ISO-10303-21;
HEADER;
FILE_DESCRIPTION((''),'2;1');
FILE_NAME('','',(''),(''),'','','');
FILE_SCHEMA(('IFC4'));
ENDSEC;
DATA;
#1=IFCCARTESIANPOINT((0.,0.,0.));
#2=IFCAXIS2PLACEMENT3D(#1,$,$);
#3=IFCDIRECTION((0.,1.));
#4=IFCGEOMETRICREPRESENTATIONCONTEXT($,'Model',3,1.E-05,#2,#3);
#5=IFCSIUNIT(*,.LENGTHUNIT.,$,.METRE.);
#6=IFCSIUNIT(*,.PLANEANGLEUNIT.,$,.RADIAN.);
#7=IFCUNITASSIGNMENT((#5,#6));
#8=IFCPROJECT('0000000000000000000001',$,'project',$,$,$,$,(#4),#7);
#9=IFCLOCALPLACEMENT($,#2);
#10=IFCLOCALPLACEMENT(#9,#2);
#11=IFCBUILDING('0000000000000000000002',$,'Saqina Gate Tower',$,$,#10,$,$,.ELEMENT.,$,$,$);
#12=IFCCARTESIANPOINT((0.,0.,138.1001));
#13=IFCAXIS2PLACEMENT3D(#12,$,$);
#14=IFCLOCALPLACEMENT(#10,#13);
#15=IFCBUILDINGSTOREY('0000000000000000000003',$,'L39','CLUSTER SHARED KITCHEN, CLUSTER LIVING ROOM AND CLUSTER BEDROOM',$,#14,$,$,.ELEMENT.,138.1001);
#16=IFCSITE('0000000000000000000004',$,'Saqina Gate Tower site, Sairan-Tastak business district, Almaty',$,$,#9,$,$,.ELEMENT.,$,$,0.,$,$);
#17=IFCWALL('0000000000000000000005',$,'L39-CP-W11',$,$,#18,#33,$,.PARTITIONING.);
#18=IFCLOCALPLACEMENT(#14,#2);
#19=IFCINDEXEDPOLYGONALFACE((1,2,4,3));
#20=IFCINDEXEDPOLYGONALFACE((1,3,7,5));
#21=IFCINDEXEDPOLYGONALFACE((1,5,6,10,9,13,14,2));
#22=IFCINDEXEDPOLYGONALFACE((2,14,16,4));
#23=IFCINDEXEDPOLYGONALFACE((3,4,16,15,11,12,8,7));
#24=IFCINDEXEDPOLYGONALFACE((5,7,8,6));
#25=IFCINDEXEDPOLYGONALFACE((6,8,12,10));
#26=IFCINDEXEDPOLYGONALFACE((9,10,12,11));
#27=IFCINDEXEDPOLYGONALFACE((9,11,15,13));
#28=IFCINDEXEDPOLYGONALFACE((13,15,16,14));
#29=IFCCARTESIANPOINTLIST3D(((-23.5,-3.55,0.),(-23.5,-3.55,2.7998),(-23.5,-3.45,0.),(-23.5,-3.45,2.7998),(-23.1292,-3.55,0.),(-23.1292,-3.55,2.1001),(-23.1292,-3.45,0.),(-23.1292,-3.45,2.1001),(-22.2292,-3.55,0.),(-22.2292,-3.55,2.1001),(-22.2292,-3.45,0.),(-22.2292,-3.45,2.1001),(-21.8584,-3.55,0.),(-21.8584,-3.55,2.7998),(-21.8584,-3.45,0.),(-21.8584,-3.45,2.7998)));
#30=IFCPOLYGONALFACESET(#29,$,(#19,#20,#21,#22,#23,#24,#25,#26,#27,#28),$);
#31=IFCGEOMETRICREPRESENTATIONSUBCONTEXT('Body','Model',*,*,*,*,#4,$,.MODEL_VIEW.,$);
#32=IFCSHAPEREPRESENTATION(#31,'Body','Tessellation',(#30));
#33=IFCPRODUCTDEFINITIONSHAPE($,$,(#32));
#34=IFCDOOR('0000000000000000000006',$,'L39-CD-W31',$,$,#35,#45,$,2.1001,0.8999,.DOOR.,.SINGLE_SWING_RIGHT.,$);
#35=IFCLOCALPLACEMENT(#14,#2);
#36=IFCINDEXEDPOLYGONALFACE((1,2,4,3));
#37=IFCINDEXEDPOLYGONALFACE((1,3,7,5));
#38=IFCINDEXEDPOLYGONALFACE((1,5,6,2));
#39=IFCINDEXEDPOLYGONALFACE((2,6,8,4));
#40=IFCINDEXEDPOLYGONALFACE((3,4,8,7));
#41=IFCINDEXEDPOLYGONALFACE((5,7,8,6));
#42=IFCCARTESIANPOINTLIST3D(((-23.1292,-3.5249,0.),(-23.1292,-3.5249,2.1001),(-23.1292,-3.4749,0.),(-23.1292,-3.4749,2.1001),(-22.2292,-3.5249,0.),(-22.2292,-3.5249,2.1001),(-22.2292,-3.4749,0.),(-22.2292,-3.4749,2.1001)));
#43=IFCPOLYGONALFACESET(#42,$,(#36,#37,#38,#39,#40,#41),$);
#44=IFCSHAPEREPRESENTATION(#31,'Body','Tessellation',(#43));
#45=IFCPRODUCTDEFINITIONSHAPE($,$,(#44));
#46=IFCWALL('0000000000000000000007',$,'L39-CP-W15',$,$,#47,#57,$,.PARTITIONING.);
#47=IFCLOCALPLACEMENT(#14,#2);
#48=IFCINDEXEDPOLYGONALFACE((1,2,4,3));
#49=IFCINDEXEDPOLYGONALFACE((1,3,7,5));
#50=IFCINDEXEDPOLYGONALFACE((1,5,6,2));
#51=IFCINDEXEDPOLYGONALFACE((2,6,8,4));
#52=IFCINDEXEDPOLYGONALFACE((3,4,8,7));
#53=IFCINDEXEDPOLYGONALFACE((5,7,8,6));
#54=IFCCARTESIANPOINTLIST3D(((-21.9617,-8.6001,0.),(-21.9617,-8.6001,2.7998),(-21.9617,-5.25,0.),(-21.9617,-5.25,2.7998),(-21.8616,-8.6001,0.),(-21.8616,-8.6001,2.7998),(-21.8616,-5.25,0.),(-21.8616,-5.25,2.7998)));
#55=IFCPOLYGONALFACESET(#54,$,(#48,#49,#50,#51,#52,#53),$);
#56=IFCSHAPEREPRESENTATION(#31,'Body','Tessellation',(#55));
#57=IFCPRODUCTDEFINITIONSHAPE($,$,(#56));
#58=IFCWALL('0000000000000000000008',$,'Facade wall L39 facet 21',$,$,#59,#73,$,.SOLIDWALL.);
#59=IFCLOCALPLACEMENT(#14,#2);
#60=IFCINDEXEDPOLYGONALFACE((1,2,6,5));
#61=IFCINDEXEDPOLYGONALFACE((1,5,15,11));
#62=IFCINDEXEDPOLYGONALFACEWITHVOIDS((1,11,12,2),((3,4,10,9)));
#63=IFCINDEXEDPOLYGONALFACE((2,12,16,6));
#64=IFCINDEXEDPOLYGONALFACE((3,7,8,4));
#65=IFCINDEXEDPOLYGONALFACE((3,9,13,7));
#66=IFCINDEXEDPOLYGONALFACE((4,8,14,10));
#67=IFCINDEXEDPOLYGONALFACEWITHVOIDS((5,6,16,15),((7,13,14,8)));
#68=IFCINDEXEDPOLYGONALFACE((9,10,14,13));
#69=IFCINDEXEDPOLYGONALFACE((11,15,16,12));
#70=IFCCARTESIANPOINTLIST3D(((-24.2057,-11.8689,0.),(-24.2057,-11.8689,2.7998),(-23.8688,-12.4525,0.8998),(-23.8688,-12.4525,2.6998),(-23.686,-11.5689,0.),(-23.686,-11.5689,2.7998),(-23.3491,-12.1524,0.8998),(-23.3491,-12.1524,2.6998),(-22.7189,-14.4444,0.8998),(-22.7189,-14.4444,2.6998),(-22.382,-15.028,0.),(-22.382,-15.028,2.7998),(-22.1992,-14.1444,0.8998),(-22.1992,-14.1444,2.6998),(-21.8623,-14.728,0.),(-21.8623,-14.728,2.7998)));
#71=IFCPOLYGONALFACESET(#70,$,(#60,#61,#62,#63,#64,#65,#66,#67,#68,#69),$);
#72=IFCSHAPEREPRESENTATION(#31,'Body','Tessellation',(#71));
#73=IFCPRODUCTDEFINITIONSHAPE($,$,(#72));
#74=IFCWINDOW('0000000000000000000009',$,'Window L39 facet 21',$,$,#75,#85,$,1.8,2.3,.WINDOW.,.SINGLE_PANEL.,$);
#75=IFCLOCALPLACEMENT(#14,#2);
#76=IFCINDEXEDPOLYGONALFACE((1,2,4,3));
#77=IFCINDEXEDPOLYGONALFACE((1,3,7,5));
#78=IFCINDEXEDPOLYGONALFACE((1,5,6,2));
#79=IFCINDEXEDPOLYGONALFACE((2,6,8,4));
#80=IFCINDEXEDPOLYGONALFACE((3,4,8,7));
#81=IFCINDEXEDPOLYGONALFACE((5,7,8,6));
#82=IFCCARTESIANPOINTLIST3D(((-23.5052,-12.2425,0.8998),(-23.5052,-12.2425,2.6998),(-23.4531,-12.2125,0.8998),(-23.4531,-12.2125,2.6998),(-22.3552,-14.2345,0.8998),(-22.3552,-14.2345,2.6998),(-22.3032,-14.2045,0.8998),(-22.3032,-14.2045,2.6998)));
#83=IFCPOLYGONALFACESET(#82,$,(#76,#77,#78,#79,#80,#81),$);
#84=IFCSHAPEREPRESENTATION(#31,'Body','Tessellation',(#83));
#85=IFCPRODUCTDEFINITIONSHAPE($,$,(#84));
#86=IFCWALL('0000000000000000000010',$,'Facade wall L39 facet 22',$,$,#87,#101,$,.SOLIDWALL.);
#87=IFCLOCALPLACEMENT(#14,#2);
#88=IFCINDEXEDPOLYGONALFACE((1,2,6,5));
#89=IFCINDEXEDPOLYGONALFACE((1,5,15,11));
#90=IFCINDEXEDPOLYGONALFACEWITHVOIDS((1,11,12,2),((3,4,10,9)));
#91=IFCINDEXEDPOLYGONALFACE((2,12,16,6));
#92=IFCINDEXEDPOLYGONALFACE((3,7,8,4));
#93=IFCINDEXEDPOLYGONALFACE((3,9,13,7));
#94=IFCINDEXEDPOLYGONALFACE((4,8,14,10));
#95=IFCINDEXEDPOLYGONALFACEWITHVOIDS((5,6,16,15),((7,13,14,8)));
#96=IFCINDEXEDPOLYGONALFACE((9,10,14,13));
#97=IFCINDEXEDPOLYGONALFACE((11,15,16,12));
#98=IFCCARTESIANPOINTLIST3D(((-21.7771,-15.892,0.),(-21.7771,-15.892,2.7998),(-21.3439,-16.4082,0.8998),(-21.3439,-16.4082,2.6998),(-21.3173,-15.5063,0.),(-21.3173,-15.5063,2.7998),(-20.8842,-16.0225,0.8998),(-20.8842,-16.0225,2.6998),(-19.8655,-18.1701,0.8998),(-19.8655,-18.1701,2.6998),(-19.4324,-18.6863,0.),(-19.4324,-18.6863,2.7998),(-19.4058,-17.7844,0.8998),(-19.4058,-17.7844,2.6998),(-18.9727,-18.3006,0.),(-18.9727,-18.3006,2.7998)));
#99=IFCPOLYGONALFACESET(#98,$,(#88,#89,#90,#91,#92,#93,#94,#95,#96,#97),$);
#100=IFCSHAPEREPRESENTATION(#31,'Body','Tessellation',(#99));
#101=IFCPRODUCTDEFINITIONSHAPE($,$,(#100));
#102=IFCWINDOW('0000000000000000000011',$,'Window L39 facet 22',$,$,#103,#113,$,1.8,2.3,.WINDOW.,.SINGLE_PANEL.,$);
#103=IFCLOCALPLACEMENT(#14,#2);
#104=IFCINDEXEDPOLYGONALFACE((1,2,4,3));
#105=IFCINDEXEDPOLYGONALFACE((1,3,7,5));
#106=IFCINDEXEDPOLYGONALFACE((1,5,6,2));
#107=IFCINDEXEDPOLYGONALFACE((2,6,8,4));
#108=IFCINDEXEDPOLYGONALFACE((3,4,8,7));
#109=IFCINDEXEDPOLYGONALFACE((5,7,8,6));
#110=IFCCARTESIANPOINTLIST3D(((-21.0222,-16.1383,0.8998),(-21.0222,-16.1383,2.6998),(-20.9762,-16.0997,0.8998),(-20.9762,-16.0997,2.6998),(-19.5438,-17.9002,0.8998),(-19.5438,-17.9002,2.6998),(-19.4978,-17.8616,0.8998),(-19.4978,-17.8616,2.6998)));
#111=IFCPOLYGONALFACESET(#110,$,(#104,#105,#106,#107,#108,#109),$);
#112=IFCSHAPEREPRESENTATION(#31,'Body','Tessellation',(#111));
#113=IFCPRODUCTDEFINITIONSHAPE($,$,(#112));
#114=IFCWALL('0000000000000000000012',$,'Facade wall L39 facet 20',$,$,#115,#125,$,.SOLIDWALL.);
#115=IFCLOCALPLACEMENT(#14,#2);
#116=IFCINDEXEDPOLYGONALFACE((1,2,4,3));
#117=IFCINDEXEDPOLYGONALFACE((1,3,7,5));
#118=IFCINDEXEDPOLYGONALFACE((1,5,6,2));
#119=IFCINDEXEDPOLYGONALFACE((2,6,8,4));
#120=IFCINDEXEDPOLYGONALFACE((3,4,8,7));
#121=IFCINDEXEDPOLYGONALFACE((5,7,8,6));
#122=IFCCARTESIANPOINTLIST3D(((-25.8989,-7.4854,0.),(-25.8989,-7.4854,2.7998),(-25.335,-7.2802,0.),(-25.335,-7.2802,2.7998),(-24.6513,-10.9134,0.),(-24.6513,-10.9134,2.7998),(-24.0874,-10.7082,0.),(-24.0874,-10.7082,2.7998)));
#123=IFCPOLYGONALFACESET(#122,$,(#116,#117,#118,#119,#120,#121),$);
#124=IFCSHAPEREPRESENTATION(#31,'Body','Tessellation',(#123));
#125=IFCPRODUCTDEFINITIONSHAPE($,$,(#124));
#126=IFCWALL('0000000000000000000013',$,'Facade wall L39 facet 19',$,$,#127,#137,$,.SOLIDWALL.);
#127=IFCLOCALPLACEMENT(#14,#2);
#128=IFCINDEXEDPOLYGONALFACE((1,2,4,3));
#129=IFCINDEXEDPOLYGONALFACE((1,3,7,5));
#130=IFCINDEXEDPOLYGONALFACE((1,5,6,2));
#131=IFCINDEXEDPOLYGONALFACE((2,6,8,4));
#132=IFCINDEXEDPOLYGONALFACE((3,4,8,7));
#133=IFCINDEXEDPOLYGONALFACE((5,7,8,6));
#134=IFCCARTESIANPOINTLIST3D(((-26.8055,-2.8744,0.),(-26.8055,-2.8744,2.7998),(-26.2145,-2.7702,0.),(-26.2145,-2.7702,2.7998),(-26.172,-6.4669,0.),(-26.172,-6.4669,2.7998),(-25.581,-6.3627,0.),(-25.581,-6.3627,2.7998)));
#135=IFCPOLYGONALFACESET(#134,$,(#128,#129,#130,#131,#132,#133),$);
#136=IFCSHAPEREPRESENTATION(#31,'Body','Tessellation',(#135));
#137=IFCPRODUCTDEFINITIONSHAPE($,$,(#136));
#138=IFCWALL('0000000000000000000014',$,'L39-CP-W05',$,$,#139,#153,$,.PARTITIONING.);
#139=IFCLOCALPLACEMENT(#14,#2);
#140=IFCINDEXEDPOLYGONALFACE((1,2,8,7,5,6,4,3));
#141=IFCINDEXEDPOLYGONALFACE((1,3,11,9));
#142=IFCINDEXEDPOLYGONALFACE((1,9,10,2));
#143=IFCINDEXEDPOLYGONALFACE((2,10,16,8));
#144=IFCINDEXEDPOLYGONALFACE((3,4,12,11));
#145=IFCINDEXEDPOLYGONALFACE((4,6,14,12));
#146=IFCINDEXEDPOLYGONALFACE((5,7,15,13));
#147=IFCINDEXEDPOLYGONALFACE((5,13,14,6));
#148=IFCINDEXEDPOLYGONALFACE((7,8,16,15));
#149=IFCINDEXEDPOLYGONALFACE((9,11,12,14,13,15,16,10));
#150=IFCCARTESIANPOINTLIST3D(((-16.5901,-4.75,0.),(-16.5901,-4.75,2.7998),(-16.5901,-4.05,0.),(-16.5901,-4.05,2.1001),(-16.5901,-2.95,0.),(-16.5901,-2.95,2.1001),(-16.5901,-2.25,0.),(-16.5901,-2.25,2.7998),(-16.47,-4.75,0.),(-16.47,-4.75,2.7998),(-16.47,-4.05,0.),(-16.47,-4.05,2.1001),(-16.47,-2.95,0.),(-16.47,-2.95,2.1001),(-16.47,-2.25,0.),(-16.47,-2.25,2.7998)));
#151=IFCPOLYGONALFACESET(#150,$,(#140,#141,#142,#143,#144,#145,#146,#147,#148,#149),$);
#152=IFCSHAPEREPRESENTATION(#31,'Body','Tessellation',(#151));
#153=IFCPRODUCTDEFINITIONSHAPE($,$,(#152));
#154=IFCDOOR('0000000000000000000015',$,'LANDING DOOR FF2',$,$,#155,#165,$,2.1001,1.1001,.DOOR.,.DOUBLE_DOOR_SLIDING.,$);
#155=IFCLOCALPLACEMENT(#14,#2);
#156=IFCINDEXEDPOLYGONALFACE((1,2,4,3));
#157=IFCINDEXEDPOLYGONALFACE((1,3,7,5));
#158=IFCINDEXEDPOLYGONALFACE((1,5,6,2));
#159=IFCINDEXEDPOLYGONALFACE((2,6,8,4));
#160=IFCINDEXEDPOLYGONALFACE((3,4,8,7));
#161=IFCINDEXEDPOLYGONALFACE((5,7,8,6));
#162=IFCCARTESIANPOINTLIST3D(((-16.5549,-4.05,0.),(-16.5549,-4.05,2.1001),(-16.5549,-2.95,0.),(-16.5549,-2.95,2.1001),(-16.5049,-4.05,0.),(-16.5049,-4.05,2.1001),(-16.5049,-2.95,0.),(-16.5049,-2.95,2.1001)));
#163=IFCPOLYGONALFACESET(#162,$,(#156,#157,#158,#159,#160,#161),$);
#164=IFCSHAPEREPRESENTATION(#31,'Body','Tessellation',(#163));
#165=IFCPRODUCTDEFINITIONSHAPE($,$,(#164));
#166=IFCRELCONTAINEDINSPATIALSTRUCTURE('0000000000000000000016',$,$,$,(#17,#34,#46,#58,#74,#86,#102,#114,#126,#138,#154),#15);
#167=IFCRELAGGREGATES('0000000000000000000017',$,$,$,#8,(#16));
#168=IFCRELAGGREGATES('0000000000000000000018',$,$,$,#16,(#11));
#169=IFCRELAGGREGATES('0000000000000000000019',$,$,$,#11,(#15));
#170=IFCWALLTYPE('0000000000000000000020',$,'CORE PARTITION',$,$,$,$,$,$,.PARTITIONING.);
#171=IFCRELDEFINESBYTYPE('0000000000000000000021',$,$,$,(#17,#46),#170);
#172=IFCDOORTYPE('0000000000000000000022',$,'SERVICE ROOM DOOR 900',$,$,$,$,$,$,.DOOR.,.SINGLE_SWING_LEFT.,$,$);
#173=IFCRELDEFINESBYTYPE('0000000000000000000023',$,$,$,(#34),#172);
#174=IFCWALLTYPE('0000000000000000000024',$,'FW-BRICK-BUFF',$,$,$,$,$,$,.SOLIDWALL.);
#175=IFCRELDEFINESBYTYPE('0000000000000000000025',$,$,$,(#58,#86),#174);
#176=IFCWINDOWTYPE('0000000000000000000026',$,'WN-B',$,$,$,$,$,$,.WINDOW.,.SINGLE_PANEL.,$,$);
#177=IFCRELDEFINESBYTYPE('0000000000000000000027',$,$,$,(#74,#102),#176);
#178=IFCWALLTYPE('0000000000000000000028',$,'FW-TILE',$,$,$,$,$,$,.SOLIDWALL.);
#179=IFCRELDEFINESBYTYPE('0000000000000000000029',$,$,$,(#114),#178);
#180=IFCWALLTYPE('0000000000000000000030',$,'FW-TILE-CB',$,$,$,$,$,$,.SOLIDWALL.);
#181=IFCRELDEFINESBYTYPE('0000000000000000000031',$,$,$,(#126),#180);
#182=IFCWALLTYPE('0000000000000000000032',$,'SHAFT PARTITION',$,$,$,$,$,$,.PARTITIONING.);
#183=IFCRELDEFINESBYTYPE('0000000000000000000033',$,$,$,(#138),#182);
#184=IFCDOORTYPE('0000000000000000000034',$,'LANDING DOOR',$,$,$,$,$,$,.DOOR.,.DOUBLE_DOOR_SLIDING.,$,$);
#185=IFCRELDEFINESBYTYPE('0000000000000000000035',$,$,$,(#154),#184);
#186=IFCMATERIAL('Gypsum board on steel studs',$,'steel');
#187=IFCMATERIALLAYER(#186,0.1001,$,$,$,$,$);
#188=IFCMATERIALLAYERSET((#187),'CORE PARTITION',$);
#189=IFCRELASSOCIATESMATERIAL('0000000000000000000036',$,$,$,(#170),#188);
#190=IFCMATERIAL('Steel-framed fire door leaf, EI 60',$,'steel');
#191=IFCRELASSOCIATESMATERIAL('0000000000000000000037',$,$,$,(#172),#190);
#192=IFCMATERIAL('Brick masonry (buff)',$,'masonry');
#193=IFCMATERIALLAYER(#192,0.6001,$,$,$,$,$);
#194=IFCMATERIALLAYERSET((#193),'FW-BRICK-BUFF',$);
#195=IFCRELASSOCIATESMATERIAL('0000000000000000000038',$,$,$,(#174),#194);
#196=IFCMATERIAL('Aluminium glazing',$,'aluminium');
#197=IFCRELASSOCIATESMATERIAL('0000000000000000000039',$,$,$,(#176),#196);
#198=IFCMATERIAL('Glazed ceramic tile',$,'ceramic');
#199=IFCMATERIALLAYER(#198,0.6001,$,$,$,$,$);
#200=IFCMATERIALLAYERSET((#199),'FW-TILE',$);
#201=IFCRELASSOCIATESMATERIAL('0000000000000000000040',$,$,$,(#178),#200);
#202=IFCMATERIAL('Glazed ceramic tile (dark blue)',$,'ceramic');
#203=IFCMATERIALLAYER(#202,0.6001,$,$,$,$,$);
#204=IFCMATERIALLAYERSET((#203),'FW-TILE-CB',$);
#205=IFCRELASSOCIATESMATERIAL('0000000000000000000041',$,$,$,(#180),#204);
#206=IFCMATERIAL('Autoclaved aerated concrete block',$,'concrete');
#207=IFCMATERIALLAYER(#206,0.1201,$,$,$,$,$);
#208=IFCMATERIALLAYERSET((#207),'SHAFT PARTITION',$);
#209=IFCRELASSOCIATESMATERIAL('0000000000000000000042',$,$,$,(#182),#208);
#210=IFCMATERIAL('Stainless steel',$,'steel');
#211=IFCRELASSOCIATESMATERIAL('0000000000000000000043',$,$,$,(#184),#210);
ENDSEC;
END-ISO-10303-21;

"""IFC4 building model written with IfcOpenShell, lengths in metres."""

from ifc_helpers import new_model, si_unit, direction, frame, frame_2d, origin, place, context, subcontext, project, spatial, rectangle, extrude, material, layer, layer_set, type_object, element, fill, save


model = new_model("IFC4")

# Units and contexts
model_context = context("Model", 3, precision=1e-05, world=origin(), true_north=direction((0.0, 1.0)))
body_context = subcontext(model_context, "Body", "Model", "MODEL_VIEW")
ifc_project = project(units=[si_unit("LENGTHUNIT", "METRE"), si_unit("PLANEANGLEUNIT", "RADIAN")], contexts=[model_context])

# Site, building, storey
site_placement = place(None, origin())
site = spatial("IfcSite", under=ifc_project, at=site_placement, Name="Saqina Gate Tower site, Sairan-Tastak business district, Almaty", CompositionType="ELEMENT", RefElevation=0.0)
building_placement = place(site_placement, origin())
building = spatial("IfcBuilding", under=site, at=building_placement, Name="Saqina Gate Tower", CompositionType="ELEMENT")
storey_placement = place(building_placement, frame((0.0, 0.0, 138.1001)))
storey = spatial("IfcBuildingStorey", under=building, at=storey_placement, Name="L39", Description="CLUSTER SHARED KITCHEN, CLUSTER LIVING ROOM AND CLUSTER BEDROOM", CompositionType="ELEMENT", Elevation=138.1001)

# Shared definitions
ifc_material_1 = material(Name="Gypsum board on steel studs", Category="steel")
ifc_layer_1 = layer(ifc_material_1, 0.1001)
ifc_layer_set_1 = layer_set([ifc_layer_1], Name="CORE PARTITION")
wall_type_1 = type_object("IfcWallType", Name="CORE PARTITION", PredefinedType="PARTITIONING", material=ifc_layer_set_1)

# Wall, opening, door
ifc_material_2 = material(Name="Steel-framed fire door leaf, EI 60", Category="steel")
door_type_1 = type_object("IfcDoorType", Name="SERVICE ROOM DOOR 900", OperationType="SINGLE_SWING_LEFT", PredefinedType="DOOR", material=ifc_material_2)
wall_1_placement = place(storey_placement, frame((-21.8584, -3.5, 0.0), z_axis=(0.0, 0.0, 1.0), x_axis=(-1.0, 0.0, 0.0)))
wall_1 = element("IfcWall", 1, at=wall_1_placement, inside=storey, type_object=wall_type_1, Name="L39-CP-W11", PredefinedType="PARTITIONING", context=body_context, shape_type="SweptSolid", body=[
    extrude(rectangle(XDim=1.6416, YDim=0.1001, at=frame_2d((0.8208, 0.0))), origin(), (0.0, 0.0, 1.0), 2.7998),
])
opening_1_placement = place(wall_1_placement, frame((0.3708, 0.0, 0.0)))
opening_1 = element("IfcOpeningElement", 2, at=opening_1_placement, cuts=wall_1, PredefinedType="OPENING", context=body_context, shape_type="SweptSolid", body=[
    extrude(rectangle(XDim=0.8999, YDim=2.1001, at=frame_2d((0.45, 1.05))), frame((0.0, 0.062, 0.0), z_axis=(0.0, -1.0, 0.0), x_axis=(1.0, 0.0, 0.0)), (0.0, 0.0, 1.0), 0.124),
])
door_1_placement = place(opening_1_placement, origin())
door_1 = element("IfcDoor", 3, at=door_1_placement, inside=storey, type_object=door_type_1, Name="L39-CD-W31", OperationType="SINGLE_SWING_RIGHT", OverallHeight=2.1001, OverallWidth=0.8999, PredefinedType="DOOR", context=body_context, shape_type="SweptSolid", body=[
    extrude(rectangle(XDim=0.8999, YDim=2.1001, at=frame_2d((0.45, 1.05))), frame((0.0, 0.0249, 0.0), z_axis=(0.0, -1.0, 0.0), x_axis=(1.0, 0.0, 0.0)), (0.0, 0.0, 1.0), 0.05),
])
fill(opening_1, door_1)

# Wall
wall_2_placement = place(storey_placement, frame((-21.9116, -8.6001, 0.0), z_axis=(0.0, 0.0, 1.0), x_axis=(0.0, 1.0, 0.0)))
element("IfcWall", 4, at=wall_2_placement, inside=storey, type_object=wall_type_1, Name="L39-CP-W15", PredefinedType="PARTITIONING", context=body_context, shape_type="SweptSolid", body=[
    extrude(rectangle(XDim=3.3501, YDim=0.1001, at=frame_2d((1.675, 0.0))), origin(), (0.0, 0.0, 1.0), 2.7998),
])

# Walls, openings, windows
ifc_material_3 = material(Name="Brick masonry (buff)", Category="masonry")
ifc_layer_2 = layer(ifc_material_3, 0.6001)
ifc_layer_set_2 = layer_set([ifc_layer_2], Name="FW-BRICK-BUFF")
wall_type_2 = type_object("IfcWallType", Name="FW-BRICK-BUFF", PredefinedType="SOLIDWALL", material=ifc_layer_set_2)
wall_3_placement = place(storey_placement, frame((-23.9458, -11.719, 0.0), z_axis=(0.0, 0.0, 1.0), x_axis=(0.499954, -0.866052, 0.0)))
wall_3 = element("IfcWall", 5, at=wall_3_placement, inside=storey, type_object=wall_type_2, Name="Facade wall L39 facet 21", PredefinedType="SOLIDWALL", context=body_context, shape_type="SweptSolid", body=[
    extrude(rectangle(XDim=3.6477, YDim=0.6001, at=frame_2d((1.8237, 0.0))), origin(), (0.0, 0.0, 1.0), 2.7998),
])
opening_2_placement = place(wall_3_placement, frame((0.6738, 0.0, 0.8999)))
opening_2 = element("IfcOpeningElement", 6, at=opening_2_placement, cuts=wall_3, PredefinedType="OPENING", context=body_context, shape_type="SweptSolid", body=[
    extrude(rectangle(XDim=2.3, YDim=1.8, at=frame_2d((1.1499, 0.8999))), frame((0.0, 0.312, 0.0), z_axis=(0.0, -1.0, 0.0), x_axis=(1.0, 0.0, 0.0)), (0.0, 0.0, 1.0), 0.624),
])
ifc_material_4 = material(Name="Aluminium glazing", Category="aluminium")
window_type = type_object("IfcWindowType", Name="WN-B", PartitioningType="SINGLE_PANEL", PredefinedType="WINDOW", material=ifc_material_4)
window_1_placement = place(opening_2_placement, origin())
window_1 = element("IfcWindow", 7, at=window_1_placement, inside=storey, type_object=window_type, Name="Window L39 facet 21", OverallHeight=1.8, OverallWidth=2.3, PartitioningType="SINGLE_PANEL", PredefinedType="WINDOW", context=body_context, shape_type="SweptSolid", body=[
    extrude(rectangle(XDim=2.3, YDim=1.8, at=frame_2d((1.1499, 0.8999))), frame((0.0, 0.1799, 0.0), z_axis=(0.0, -1.0, 0.0), x_axis=(1.0, 0.0, 0.0)), (0.0, 0.0, 1.0), 0.0601),
])
fill(opening_2, window_1)
wall_4_placement = place(storey_placement, frame((-21.5471, -15.6992, 0.0), z_axis=(0.0, 0.0, 1.0), x_axis=(0.642774, -0.766055, 0.0)))
wall_4 = element("IfcWall", 8, at=wall_4_placement, inside=storey, type_object=wall_type_2, Name="Facade wall L39 facet 22", PredefinedType="SOLIDWALL", context=body_context, shape_type="SweptSolid", body=[
    extrude(rectangle(XDim=3.6477, YDim=0.6001, at=frame_2d((1.8237, 0.0))), origin(), (0.0, 0.0, 1.0), 2.7998),
])
opening_3_placement = place(wall_4_placement, frame((0.6738, 0.0, 0.8999)))
opening_3 = element("IfcOpeningElement", 9, at=opening_3_placement, cuts=wall_4, PredefinedType="OPENING", context=body_context, shape_type="SweptSolid", body=[
    extrude(rectangle(XDim=2.3, YDim=1.8, at=frame_2d((1.1499, 0.8999))), frame((0.0, 0.312, 0.0), z_axis=(0.0, -1.0, 0.0), x_axis=(1.0, 0.0, 0.0)), (0.0, 0.0, 1.0), 0.624),
])
window_2_placement = place(opening_3_placement, origin())
window_2 = element("IfcWindow", 10, at=window_2_placement, inside=storey, type_object=window_type, Name="Window L39 facet 22", OverallHeight=1.8, OverallWidth=2.3, PartitioningType="SINGLE_PANEL", PredefinedType="WINDOW", context=body_context, shape_type="SweptSolid", body=[
    extrude(rectangle(XDim=2.3, YDim=1.8, at=frame_2d((1.1499, 0.8999))), frame((0.0, 0.1799, 0.0), z_axis=(0.0, -1.0, 0.0), x_axis=(1.0, 0.0, 0.0)), (0.0, 0.0, 1.0), 0.0601),
])
fill(opening_3, window_2)

# Walls
ifc_material_5 = material(Name="Glazed ceramic tile", Category="ceramic")
ifc_layer_3 = layer(ifc_material_5, 0.6001)
ifc_layer_set_3 = layer_set([ifc_layer_3], Name="FW-TILE")
wall_type_3 = type_object("IfcWallType", Name="FW-TILE", PredefinedType="SOLIDWALL", material=ifc_layer_set_3)
wall_5_placement = place(storey_placement, frame((-25.6169, -7.3828, 0.0), z_axis=(0.0, 0.0, 1.0), x_axis=(0.34199, -0.939704, 0.0)))
element("IfcWall", 11, at=wall_5_placement, inside=storey, type_object=wall_type_3, Name="Facade wall L39 facet 20", PredefinedType="SOLIDWALL", context=body_context, shape_type="SweptSolid", body=[
    extrude(rectangle(XDim=3.6479, YDim=0.6001, at=frame_2d((1.824, 0.0))), origin(), (0.0, 0.0, 1.0), 2.7998),
])
ifc_material_6 = material(Name="Glazed ceramic tile (dark blue)", Category="ceramic")
ifc_layer_4 = layer(ifc_material_6, 0.6001)
ifc_layer_set_4 = layer_set([ifc_layer_4], Name="FW-TILE-CB")
wall_type_4 = type_object("IfcWallType", Name="FW-TILE-CB", PredefinedType="SOLIDWALL", material=ifc_layer_set_4)
wall_6_placement = place(storey_placement, frame((-26.51, -2.8223, 0.0), z_axis=(0.0, 0.0, 1.0), x_axis=(0.173671, -0.984804, 0.0)))
element("IfcWall", 12, at=wall_6_placement, inside=storey, type_object=wall_type_4, Name="Facade wall L39 facet 19", PredefinedType="SOLIDWALL", context=body_context, shape_type="SweptSolid", body=[
    extrude(rectangle(XDim=3.6479, YDim=0.6001, at=frame_2d((1.824, 0.0))), origin(), (0.0, 0.0, 1.0), 2.7998),
])

# Wall, opening, door
ifc_material_7 = material(Name="Autoclaved aerated concrete block", Category="concrete")
ifc_layer_5 = layer(ifc_material_7, 0.1201)
ifc_layer_set_5 = layer_set([ifc_layer_5], Name="SHAFT PARTITION")
wall_type_5 = type_object("IfcWallType", Name="SHAFT PARTITION", PredefinedType="PARTITIONING", material=ifc_layer_set_5)
wall_7_placement = place(storey_placement, frame((-16.53, -4.75, 0.0), z_axis=(0.0, 0.0, 1.0), x_axis=(0.0, 1.0, 0.0)))
wall_7 = element("IfcWall", 13, at=wall_7_placement, inside=storey, type_object=wall_type_5, Name="L39-CP-W05", PredefinedType="PARTITIONING", context=body_context, shape_type="SweptSolid", body=[
    extrude(rectangle(XDim=2.5, YDim=0.1201, at=frame_2d((1.25, 0.0))), origin(), (0.0, 0.0, 1.0), 2.7998),
])
opening_4_placement = place(wall_7_placement, frame((0.7, 0.0, 0.0)))
opening_4 = element("IfcOpeningElement", 14, at=opening_4_placement, cuts=wall_7, PredefinedType="OPENING", context=body_context, shape_type="SweptSolid", body=[
    extrude(rectangle(XDim=1.1001, YDim=2.1001, at=frame_2d((0.55, 1.05))), frame((0.0, 0.072, 0.0), z_axis=(0.0, -1.0, 0.0), x_axis=(1.0, 0.0, 0.0)), (0.0, 0.0, 1.0), 0.144),
])
ifc_material_8 = material(Name="Stainless steel", Category="steel")
door_type_2 = type_object("IfcDoorType", Name="LANDING DOOR", OperationType="DOUBLE_DOOR_SLIDING", PredefinedType="DOOR", material=ifc_material_8)
door_2_placement = place(opening_4_placement, origin())
door_2 = element("IfcDoor", 15, at=door_2_placement, inside=storey, type_object=door_type_2, Name="LANDING DOOR FF2", OperationType="DOUBLE_DOOR_SLIDING", OverallHeight=2.1001, OverallWidth=1.1001, PredefinedType="DOOR", context=body_context, shape_type="SweptSolid", body=[
    extrude(rectangle(XDim=1.1001, YDim=2.1001, at=frame_2d((0.55, 1.05))), frame((0.0, 0.0249, 0.0), z_axis=(0.0, -1.0, 0.0), x_axis=(1.0, 0.0, 0.0)), (0.0, 0.0, 1.0), 0.05),
])
fill(opening_4, door_2)

save(model, "model.ifc")
